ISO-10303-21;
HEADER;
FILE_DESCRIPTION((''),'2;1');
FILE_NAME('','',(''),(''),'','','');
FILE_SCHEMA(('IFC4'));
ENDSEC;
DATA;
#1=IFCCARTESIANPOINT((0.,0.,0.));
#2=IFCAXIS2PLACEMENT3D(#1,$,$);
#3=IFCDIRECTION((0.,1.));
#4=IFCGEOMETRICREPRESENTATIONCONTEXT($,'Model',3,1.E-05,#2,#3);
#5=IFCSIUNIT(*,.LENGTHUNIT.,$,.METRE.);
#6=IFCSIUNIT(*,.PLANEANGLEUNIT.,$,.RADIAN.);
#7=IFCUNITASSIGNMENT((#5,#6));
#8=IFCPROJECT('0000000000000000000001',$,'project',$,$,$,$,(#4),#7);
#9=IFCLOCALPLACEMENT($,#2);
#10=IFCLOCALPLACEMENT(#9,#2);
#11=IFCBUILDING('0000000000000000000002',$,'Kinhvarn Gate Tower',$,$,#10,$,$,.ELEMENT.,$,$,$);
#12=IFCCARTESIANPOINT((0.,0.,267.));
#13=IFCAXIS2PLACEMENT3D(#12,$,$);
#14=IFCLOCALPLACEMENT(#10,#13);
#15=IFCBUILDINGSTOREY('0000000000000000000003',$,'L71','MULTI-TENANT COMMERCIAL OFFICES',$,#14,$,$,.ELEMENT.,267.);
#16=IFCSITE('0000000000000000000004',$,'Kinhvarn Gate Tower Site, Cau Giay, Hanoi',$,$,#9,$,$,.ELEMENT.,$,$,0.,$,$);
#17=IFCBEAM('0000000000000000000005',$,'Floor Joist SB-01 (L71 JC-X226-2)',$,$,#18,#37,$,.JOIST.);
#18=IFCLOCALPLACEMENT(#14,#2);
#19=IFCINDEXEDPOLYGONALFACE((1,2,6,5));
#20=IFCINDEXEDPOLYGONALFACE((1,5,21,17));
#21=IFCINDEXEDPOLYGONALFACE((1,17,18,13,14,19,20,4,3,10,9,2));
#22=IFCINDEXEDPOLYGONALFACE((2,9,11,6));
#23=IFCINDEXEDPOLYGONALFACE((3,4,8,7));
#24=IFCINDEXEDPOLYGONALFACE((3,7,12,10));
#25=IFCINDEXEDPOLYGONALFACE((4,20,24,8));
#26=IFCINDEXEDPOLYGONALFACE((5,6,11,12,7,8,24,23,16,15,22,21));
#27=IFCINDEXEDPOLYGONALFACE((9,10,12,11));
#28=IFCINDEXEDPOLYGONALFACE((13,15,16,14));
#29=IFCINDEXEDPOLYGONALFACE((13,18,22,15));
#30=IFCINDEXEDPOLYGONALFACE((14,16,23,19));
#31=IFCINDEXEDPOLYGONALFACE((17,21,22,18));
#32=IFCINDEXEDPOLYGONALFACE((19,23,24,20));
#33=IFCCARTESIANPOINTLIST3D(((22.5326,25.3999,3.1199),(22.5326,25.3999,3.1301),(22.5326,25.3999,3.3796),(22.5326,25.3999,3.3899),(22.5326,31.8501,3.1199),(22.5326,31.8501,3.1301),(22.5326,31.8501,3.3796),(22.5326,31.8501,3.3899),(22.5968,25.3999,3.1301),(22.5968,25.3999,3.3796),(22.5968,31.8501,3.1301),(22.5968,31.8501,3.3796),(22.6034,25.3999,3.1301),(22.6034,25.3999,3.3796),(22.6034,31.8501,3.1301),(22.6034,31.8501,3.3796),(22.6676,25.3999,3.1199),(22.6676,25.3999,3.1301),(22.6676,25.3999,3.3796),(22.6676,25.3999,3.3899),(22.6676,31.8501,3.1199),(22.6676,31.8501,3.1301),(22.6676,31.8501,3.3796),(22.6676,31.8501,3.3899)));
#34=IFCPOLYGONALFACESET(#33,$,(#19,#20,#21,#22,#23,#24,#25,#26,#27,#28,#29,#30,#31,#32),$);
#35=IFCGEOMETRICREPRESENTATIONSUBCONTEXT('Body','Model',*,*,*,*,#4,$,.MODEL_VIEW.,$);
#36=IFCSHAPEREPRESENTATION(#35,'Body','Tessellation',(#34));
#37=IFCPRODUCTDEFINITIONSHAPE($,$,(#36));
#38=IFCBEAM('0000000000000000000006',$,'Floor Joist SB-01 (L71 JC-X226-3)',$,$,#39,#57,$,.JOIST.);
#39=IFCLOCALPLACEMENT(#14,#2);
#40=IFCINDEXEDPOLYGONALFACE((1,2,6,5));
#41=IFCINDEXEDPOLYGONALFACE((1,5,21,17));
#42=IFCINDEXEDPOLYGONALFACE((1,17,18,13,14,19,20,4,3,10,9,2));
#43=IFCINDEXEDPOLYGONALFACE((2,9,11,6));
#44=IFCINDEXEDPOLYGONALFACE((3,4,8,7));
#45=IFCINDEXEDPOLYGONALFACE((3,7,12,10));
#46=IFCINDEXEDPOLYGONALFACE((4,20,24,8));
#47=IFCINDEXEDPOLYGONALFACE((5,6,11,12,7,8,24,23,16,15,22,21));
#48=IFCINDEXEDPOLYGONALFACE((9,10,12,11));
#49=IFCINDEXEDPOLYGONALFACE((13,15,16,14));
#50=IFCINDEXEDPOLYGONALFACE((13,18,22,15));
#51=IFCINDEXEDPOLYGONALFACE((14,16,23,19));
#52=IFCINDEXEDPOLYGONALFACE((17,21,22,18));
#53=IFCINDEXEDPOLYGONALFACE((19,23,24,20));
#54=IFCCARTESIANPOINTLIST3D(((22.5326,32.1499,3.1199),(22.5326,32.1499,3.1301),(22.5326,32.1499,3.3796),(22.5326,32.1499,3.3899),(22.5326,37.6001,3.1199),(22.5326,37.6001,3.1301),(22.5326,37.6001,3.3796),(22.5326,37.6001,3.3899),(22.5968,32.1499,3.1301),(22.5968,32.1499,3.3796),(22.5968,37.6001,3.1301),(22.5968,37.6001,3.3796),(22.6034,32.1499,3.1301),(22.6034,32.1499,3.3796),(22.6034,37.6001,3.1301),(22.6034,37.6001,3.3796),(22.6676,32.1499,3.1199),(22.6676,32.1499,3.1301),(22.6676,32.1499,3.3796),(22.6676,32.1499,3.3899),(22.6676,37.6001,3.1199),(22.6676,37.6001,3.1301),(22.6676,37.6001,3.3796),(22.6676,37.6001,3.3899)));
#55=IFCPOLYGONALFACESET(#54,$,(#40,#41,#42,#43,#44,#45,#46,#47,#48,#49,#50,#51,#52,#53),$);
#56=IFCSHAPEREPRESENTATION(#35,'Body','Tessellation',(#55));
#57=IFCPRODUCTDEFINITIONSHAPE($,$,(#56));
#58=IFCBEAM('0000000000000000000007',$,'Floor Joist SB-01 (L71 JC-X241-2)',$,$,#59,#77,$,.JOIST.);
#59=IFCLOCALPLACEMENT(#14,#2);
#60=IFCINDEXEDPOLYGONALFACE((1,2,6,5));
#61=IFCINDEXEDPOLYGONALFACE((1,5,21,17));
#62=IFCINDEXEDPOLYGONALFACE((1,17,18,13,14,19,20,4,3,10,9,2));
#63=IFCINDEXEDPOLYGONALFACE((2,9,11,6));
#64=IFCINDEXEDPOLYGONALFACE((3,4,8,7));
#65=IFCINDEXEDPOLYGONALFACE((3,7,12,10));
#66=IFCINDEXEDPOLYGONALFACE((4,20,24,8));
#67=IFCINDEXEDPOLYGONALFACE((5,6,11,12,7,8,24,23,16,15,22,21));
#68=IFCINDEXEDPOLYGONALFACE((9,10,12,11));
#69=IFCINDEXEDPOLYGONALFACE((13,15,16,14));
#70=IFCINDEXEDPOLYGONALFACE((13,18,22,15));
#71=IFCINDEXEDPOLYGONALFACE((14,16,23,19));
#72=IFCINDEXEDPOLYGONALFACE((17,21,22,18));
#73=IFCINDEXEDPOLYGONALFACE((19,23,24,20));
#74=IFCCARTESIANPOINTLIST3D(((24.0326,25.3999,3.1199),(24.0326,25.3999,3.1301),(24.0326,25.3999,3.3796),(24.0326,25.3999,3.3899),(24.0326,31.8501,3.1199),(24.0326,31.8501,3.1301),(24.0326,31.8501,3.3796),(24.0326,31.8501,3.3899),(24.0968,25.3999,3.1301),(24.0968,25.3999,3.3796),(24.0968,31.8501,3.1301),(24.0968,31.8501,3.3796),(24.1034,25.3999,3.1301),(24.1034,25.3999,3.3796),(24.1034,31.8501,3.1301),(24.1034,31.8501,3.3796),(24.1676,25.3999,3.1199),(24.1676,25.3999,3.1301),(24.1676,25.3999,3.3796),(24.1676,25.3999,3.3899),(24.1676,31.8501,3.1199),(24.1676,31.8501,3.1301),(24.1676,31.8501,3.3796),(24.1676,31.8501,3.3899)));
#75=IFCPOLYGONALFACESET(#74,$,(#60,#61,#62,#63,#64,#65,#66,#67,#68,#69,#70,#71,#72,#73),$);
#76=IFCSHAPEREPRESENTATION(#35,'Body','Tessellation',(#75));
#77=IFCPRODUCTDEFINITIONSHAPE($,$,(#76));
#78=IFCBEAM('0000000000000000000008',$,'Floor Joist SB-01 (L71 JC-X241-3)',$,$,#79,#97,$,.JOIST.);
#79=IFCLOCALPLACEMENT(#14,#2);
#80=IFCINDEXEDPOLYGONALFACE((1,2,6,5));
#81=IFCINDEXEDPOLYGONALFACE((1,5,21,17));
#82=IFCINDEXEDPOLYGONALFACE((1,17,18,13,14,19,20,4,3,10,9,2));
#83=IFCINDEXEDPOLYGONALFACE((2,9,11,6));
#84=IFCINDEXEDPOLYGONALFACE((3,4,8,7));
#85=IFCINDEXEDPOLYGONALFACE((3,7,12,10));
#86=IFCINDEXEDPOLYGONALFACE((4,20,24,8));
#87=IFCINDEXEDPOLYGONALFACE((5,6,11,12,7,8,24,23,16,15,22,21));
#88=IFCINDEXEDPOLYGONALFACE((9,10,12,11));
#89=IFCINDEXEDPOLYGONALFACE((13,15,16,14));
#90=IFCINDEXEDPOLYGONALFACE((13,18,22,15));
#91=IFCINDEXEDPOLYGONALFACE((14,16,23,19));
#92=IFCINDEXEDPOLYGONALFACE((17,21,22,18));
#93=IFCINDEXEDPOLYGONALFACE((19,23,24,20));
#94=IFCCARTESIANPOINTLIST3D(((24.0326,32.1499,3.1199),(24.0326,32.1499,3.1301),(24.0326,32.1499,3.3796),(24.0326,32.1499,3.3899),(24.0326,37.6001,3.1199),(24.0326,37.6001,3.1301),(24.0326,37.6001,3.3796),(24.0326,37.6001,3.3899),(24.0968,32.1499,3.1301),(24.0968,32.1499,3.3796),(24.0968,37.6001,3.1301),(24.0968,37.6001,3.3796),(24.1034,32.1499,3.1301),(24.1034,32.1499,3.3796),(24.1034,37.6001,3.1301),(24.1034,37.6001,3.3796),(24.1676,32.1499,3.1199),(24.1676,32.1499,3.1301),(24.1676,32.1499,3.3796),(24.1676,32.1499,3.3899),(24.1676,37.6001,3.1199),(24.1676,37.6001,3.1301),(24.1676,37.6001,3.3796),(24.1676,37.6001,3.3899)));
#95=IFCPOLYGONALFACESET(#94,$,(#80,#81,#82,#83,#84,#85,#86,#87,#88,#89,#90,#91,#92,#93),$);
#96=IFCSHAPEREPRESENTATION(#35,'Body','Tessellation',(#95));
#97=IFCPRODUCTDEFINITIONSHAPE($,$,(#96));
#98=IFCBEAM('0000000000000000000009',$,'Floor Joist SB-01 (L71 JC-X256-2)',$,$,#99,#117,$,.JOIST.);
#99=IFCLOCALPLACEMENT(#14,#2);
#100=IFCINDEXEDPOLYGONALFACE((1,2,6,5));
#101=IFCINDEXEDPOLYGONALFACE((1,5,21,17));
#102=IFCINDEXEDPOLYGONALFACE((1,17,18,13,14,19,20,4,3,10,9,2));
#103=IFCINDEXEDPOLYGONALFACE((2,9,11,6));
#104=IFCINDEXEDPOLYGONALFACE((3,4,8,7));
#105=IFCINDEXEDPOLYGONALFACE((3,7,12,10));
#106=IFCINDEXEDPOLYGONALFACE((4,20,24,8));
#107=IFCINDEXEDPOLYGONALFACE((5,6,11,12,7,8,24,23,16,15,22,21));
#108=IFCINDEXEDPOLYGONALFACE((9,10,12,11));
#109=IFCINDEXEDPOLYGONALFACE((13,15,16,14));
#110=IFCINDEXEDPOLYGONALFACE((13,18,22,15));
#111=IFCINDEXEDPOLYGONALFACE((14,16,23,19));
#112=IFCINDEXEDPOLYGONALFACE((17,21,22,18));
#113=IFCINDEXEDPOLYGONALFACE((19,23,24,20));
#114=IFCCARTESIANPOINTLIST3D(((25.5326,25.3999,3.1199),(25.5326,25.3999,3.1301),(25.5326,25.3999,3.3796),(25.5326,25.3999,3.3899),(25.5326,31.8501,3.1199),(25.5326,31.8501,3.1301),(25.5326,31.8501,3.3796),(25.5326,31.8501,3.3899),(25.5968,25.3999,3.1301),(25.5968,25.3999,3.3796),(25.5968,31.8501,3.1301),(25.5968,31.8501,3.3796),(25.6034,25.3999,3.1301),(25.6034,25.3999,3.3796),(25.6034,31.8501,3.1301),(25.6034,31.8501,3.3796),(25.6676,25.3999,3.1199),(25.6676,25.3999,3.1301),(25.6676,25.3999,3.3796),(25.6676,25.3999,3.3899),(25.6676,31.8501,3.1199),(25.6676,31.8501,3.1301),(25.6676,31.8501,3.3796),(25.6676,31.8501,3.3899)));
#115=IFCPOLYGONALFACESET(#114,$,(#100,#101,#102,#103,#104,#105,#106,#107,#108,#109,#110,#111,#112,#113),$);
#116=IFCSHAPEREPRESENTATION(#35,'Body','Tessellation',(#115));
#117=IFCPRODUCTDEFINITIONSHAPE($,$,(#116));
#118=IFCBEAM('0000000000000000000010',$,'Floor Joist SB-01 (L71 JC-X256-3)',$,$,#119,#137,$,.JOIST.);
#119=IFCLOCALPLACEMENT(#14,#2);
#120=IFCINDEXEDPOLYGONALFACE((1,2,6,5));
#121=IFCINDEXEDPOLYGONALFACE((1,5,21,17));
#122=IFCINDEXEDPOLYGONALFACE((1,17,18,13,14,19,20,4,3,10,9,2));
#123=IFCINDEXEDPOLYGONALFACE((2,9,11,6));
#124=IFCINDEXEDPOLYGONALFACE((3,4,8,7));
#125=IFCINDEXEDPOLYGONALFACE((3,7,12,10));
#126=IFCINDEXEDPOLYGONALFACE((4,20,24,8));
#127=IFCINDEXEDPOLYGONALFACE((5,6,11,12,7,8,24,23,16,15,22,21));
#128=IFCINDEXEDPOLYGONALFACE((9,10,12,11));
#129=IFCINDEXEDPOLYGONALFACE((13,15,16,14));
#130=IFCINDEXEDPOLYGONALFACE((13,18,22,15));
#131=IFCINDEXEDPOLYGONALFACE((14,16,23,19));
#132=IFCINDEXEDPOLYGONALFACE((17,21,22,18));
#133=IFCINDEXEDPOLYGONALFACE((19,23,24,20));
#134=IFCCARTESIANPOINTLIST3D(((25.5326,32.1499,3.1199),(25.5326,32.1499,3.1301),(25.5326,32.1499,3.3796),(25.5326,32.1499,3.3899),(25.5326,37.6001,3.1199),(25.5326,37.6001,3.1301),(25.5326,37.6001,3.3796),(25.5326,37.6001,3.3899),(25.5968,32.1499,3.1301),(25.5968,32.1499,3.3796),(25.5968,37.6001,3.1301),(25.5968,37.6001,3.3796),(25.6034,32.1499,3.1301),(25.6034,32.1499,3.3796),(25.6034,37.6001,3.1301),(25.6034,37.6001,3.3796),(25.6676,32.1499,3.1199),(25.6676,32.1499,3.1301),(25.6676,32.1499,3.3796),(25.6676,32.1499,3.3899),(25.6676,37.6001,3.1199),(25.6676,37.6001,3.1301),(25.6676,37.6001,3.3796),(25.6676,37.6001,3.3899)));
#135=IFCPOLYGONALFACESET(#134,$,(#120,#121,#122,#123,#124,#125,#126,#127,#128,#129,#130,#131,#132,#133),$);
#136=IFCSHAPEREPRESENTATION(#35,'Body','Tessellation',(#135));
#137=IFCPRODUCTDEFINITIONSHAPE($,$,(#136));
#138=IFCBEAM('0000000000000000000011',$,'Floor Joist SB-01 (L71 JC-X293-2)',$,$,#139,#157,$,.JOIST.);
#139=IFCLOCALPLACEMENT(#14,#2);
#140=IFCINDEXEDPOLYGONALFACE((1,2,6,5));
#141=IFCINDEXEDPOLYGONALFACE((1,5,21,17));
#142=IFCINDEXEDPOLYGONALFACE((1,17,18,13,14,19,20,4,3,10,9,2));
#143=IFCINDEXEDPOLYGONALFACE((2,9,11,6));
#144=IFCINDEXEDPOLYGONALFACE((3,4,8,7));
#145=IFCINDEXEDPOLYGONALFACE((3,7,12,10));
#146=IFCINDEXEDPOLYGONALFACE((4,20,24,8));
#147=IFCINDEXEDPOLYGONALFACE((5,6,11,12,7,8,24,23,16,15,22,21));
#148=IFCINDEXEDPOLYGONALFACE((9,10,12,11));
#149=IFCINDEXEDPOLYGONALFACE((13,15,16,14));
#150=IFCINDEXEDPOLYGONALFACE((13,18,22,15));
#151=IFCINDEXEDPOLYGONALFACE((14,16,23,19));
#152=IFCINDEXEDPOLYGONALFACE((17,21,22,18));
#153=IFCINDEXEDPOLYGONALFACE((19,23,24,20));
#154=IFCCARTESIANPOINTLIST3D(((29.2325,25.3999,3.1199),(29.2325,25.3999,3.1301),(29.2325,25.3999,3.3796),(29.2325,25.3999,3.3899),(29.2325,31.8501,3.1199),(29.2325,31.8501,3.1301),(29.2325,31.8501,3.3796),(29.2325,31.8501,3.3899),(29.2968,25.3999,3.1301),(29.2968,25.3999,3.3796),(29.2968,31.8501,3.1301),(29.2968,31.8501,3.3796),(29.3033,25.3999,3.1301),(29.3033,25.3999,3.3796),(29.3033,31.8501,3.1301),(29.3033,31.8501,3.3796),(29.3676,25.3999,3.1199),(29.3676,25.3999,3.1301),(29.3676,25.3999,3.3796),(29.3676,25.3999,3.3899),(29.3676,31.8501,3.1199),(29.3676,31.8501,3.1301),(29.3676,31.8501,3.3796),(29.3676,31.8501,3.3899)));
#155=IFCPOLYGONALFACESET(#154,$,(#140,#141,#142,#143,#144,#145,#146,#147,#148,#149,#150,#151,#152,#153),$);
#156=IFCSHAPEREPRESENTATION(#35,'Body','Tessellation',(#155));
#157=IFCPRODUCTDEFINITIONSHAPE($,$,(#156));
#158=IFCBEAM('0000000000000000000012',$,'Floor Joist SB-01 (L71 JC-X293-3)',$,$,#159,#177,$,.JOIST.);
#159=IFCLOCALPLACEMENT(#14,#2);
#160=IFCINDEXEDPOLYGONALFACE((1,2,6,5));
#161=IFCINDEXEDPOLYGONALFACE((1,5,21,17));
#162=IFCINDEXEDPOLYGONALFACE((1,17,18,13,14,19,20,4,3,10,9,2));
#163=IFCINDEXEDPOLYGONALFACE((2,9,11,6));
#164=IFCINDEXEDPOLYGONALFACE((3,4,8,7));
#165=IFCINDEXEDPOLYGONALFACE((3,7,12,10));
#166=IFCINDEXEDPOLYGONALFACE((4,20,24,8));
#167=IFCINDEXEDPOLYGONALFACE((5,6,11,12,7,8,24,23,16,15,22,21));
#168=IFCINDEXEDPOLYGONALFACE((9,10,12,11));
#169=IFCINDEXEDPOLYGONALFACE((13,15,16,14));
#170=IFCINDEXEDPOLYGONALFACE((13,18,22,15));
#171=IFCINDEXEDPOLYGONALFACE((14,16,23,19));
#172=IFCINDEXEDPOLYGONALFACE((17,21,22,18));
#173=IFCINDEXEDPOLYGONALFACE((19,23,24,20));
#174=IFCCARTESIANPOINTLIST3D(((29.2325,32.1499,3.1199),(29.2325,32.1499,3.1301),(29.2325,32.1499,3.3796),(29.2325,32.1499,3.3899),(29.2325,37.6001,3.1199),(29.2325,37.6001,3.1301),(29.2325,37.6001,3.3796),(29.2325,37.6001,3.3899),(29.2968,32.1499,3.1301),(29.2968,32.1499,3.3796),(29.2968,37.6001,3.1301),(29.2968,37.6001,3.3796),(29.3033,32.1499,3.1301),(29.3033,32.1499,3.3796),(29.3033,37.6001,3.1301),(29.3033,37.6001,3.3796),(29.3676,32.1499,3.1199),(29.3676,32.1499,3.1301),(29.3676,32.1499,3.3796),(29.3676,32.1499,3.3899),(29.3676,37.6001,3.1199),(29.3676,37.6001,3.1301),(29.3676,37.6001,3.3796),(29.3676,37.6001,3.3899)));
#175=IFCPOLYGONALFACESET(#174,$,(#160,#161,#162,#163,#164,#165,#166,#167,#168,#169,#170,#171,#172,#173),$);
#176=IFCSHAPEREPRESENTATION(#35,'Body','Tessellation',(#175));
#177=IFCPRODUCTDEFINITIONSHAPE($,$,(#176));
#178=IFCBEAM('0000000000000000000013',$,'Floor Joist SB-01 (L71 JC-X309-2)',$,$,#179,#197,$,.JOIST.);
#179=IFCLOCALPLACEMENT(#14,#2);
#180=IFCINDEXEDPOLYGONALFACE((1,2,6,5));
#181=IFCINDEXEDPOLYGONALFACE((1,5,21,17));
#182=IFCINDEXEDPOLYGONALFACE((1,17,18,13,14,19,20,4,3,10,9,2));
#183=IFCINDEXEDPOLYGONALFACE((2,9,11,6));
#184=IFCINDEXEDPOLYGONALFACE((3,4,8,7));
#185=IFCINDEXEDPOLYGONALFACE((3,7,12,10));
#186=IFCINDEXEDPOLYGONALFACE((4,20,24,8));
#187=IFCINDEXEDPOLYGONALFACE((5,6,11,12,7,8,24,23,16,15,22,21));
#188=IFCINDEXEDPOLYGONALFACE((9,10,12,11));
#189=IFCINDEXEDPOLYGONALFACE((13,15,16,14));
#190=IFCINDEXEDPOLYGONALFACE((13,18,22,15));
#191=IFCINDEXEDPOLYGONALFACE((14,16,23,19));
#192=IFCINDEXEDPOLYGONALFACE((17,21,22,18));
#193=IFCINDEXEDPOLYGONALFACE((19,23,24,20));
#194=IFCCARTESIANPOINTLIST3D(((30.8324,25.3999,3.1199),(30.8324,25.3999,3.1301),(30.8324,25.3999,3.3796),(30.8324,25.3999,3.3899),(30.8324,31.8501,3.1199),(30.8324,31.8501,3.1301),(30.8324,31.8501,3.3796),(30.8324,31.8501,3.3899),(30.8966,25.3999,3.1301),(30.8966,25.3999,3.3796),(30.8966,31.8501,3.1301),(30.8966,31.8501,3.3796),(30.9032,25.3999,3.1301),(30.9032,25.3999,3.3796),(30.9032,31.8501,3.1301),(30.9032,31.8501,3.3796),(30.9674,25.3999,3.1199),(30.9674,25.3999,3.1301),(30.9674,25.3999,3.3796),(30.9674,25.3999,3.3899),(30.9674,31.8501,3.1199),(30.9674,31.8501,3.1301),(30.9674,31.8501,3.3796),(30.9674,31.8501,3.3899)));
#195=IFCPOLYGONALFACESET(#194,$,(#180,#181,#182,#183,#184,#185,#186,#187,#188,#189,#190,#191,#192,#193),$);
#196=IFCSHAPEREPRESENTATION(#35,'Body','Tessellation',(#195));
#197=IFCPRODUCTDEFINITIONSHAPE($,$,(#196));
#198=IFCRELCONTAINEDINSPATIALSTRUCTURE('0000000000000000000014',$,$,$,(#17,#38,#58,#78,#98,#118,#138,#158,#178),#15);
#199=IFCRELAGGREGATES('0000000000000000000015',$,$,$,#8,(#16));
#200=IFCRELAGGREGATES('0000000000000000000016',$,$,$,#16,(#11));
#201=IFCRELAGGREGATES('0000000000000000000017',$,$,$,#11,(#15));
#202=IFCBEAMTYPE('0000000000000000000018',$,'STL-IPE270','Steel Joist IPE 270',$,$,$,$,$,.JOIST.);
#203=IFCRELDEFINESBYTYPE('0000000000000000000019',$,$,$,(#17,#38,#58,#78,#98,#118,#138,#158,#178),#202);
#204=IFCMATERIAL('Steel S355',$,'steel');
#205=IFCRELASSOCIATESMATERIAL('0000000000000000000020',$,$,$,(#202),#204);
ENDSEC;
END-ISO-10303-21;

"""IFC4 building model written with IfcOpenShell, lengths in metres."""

from ifc_helpers import new_model, si_unit, direction, frame, origin, origin_2d, place, context, subcontext, project, spatial, i_section, extrude, material, material_profile, profile_set, type_object, element, save


model = new_model("IFC4")

# Units and contexts
model_context = context("Model", 3, precision=1e-05, world=origin(), true_north=direction((0.0, 1.0)))
body_context = subcontext(model_context, "Body", "Model", "MODEL_VIEW")
ifc_project = project(units=[si_unit("LENGTHUNIT", "METRE"), si_unit("PLANEANGLEUNIT", "RADIAN")], contexts=[model_context])

# Site, building, storey
site_placement = place(None, origin())
site = spatial("IfcSite", under=ifc_project, at=site_placement, Name="Kinhvarn Gate Tower Site, Cau Giay, Hanoi", CompositionType="ELEMENT", RefElevation=0.0)
building_placement = place(site_placement, origin())
building = spatial("IfcBuilding", under=site, at=building_placement, Name="Kinhvarn Gate Tower", CompositionType="ELEMENT")
storey_placement = place(building_placement, frame((0.0, 0.0, 267.0)))
storey = spatial("IfcBuildingStorey", under=building, at=storey_placement, Name="L71", Description="MULTI-TENANT COMMERCIAL OFFICES", CompositionType="ELEMENT", Elevation=267.0)

# Beams
ifc_material_1 = material(Name="Steel S355", Category="steel")
ifc_material_profile = material_profile(ifc_material_1, i_section(OverallWidth=0.135, OverallDepth=0.27, WebThickness=0.0066, FlangeThickness=0.0103, at=origin_2d()), Name="IPE 270")
ifc_profile_set = profile_set([ifc_material_profile], Name="Steel S355")
beam_type = type_object("IfcBeamType", Name="STL-IPE270", Description="Steel Joist IPE 270", PredefinedType="JOIST", material=ifc_profile_set)
beam_1_placement = place(storey_placement, frame((22.6001, 25.3999, 3.2549), z_axis=(0.0, 1.0, 0.0), x_axis=(-1.0, 0.0, 0.0)))
element("IfcBeam", 1, at=beam_1_placement, inside=storey, type_object=beam_type, Name="Floor Joist SB-01 (L71 JC-X226-2)", PredefinedType="JOIST", context=body_context, shape_type="SweptSolid", body=[
    extrude(i_section(OverallWidth=0.135, OverallDepth=0.27, WebThickness=0.0066, FlangeThickness=0.0103, at=origin_2d()), origin(), (0.0, 0.0, 1.0), 6.4502),
])
beam_2_placement = place(storey_placement, frame((22.6001, 32.1499, 3.2549), z_axis=(0.0, 1.0, 0.0), x_axis=(-1.0, 0.0, 0.0)))
element("IfcBeam", 2, at=beam_2_placement, inside=storey, type_object=beam_type, Name="Floor Joist SB-01 (L71 JC-X226-3)", PredefinedType="JOIST", context=body_context, shape_type="SweptSolid", body=[
    extrude(i_section(OverallWidth=0.135, OverallDepth=0.27, WebThickness=0.0066, FlangeThickness=0.0103, at=origin_2d()), origin(), (0.0, 0.0, 1.0), 5.4502),
])
beam_3_placement = place(storey_placement, frame((24.1001, 25.3999, 3.2549), z_axis=(0.0, 1.0, 0.0), x_axis=(-1.0, 0.0, 0.0)))
element("IfcBeam", 3, at=beam_3_placement, inside=storey, type_object=beam_type, Name="Floor Joist SB-01 (L71 JC-X241-2)", PredefinedType="JOIST", context=body_context, shape_type="SweptSolid", body=[
    extrude(i_section(OverallWidth=0.135, OverallDepth=0.27, WebThickness=0.0066, FlangeThickness=0.0103, at=origin_2d()), origin(), (0.0, 0.0, 1.0), 6.4502),
])
beam_4_placement = place(storey_placement, frame((24.1001, 32.1499, 3.2549), z_axis=(0.0, 1.0, 0.0), x_axis=(-1.0, 0.0, 0.0)))
element("IfcBeam", 4, at=beam_4_placement, inside=storey, type_object=beam_type, Name="Floor Joist SB-01 (L71 JC-X241-3)", PredefinedType="JOIST", context=body_context, shape_type="SweptSolid", body=[
    extrude(i_section(OverallWidth=0.135, OverallDepth=0.27, WebThickness=0.0066, FlangeThickness=0.0103, at=origin_2d()), origin(), (0.0, 0.0, 1.0), 5.4502),
])
beam_5_placement = place(storey_placement, frame((25.6001, 25.3999, 3.2549), z_axis=(0.0, 1.0, 0.0), x_axis=(-1.0, 0.0, 0.0)))
element("IfcBeam", 5, at=beam_5_placement, inside=storey, type_object=beam_type, Name="Floor Joist SB-01 (L71 JC-X256-2)", PredefinedType="JOIST", context=body_context, shape_type="SweptSolid", body=[
    extrude(i_section(OverallWidth=0.135, OverallDepth=0.27, WebThickness=0.0066, FlangeThickness=0.0103, at=origin_2d()), origin(), (0.0, 0.0, 1.0), 6.4502),
])
beam_6_placement = place(storey_placement, frame((25.6001, 32.1499, 3.2549), z_axis=(0.0, 1.0, 0.0), x_axis=(-1.0, 0.0, 0.0)))
element("IfcBeam", 6, at=beam_6_placement, inside=storey, type_object=beam_type, Name="Floor Joist SB-01 (L71 JC-X256-3)", PredefinedType="JOIST", context=body_context, shape_type="SweptSolid", body=[
    extrude(i_section(OverallWidth=0.135, OverallDepth=0.27, WebThickness=0.0066, FlangeThickness=0.0103, at=origin_2d()), origin(), (0.0, 0.0, 1.0), 5.4502),
])
beam_7_placement = place(storey_placement, frame((29.3, 25.3999, 3.2549), z_axis=(0.0, 1.0, 0.0), x_axis=(-1.0, 0.0, 0.0)))
element("IfcBeam", 7, at=beam_7_placement, inside=storey, type_object=beam_type, Name="Floor Joist SB-01 (L71 JC-X293-2)", PredefinedType="JOIST", context=body_context, shape_type="SweptSolid", body=[
    extrude(i_section(OverallWidth=0.135, OverallDepth=0.27, WebThickness=0.0066, FlangeThickness=0.0103, at=origin_2d()), origin(), (0.0, 0.0, 1.0), 6.4502),
])
beam_8_placement = place(storey_placement, frame((29.3, 32.1499, 3.2549), z_axis=(0.0, 1.0, 0.0), x_axis=(-1.0, 0.0, 0.0)))
element("IfcBeam", 8, at=beam_8_placement, inside=storey, type_object=beam_type, Name="Floor Joist SB-01 (L71 JC-X293-3)", PredefinedType="JOIST", context=body_context, shape_type="SweptSolid", body=[
    extrude(i_section(OverallWidth=0.135, OverallDepth=0.27, WebThickness=0.0066, FlangeThickness=0.0103, at=origin_2d()), origin(), (0.0, 0.0, 1.0), 5.4502),
])
beam_9_placement = place(storey_placement, frame((30.8999, 25.3999, 3.2549), z_axis=(0.0, 1.0, 0.0), x_axis=(-1.0, 0.0, 0.0)))
element("IfcBeam", 9, at=beam_9_placement, inside=storey, type_object=beam_type, Name="Floor Joist SB-01 (L71 JC-X309-2)", PredefinedType="JOIST", context=body_context, shape_type="SweptSolid", body=[
    extrude(i_section(OverallWidth=0.135, OverallDepth=0.27, WebThickness=0.0066, FlangeThickness=0.0103, at=origin_2d()), origin(), (0.0, 0.0, 1.0), 6.4502),
])

save(model, "model.ifc")
